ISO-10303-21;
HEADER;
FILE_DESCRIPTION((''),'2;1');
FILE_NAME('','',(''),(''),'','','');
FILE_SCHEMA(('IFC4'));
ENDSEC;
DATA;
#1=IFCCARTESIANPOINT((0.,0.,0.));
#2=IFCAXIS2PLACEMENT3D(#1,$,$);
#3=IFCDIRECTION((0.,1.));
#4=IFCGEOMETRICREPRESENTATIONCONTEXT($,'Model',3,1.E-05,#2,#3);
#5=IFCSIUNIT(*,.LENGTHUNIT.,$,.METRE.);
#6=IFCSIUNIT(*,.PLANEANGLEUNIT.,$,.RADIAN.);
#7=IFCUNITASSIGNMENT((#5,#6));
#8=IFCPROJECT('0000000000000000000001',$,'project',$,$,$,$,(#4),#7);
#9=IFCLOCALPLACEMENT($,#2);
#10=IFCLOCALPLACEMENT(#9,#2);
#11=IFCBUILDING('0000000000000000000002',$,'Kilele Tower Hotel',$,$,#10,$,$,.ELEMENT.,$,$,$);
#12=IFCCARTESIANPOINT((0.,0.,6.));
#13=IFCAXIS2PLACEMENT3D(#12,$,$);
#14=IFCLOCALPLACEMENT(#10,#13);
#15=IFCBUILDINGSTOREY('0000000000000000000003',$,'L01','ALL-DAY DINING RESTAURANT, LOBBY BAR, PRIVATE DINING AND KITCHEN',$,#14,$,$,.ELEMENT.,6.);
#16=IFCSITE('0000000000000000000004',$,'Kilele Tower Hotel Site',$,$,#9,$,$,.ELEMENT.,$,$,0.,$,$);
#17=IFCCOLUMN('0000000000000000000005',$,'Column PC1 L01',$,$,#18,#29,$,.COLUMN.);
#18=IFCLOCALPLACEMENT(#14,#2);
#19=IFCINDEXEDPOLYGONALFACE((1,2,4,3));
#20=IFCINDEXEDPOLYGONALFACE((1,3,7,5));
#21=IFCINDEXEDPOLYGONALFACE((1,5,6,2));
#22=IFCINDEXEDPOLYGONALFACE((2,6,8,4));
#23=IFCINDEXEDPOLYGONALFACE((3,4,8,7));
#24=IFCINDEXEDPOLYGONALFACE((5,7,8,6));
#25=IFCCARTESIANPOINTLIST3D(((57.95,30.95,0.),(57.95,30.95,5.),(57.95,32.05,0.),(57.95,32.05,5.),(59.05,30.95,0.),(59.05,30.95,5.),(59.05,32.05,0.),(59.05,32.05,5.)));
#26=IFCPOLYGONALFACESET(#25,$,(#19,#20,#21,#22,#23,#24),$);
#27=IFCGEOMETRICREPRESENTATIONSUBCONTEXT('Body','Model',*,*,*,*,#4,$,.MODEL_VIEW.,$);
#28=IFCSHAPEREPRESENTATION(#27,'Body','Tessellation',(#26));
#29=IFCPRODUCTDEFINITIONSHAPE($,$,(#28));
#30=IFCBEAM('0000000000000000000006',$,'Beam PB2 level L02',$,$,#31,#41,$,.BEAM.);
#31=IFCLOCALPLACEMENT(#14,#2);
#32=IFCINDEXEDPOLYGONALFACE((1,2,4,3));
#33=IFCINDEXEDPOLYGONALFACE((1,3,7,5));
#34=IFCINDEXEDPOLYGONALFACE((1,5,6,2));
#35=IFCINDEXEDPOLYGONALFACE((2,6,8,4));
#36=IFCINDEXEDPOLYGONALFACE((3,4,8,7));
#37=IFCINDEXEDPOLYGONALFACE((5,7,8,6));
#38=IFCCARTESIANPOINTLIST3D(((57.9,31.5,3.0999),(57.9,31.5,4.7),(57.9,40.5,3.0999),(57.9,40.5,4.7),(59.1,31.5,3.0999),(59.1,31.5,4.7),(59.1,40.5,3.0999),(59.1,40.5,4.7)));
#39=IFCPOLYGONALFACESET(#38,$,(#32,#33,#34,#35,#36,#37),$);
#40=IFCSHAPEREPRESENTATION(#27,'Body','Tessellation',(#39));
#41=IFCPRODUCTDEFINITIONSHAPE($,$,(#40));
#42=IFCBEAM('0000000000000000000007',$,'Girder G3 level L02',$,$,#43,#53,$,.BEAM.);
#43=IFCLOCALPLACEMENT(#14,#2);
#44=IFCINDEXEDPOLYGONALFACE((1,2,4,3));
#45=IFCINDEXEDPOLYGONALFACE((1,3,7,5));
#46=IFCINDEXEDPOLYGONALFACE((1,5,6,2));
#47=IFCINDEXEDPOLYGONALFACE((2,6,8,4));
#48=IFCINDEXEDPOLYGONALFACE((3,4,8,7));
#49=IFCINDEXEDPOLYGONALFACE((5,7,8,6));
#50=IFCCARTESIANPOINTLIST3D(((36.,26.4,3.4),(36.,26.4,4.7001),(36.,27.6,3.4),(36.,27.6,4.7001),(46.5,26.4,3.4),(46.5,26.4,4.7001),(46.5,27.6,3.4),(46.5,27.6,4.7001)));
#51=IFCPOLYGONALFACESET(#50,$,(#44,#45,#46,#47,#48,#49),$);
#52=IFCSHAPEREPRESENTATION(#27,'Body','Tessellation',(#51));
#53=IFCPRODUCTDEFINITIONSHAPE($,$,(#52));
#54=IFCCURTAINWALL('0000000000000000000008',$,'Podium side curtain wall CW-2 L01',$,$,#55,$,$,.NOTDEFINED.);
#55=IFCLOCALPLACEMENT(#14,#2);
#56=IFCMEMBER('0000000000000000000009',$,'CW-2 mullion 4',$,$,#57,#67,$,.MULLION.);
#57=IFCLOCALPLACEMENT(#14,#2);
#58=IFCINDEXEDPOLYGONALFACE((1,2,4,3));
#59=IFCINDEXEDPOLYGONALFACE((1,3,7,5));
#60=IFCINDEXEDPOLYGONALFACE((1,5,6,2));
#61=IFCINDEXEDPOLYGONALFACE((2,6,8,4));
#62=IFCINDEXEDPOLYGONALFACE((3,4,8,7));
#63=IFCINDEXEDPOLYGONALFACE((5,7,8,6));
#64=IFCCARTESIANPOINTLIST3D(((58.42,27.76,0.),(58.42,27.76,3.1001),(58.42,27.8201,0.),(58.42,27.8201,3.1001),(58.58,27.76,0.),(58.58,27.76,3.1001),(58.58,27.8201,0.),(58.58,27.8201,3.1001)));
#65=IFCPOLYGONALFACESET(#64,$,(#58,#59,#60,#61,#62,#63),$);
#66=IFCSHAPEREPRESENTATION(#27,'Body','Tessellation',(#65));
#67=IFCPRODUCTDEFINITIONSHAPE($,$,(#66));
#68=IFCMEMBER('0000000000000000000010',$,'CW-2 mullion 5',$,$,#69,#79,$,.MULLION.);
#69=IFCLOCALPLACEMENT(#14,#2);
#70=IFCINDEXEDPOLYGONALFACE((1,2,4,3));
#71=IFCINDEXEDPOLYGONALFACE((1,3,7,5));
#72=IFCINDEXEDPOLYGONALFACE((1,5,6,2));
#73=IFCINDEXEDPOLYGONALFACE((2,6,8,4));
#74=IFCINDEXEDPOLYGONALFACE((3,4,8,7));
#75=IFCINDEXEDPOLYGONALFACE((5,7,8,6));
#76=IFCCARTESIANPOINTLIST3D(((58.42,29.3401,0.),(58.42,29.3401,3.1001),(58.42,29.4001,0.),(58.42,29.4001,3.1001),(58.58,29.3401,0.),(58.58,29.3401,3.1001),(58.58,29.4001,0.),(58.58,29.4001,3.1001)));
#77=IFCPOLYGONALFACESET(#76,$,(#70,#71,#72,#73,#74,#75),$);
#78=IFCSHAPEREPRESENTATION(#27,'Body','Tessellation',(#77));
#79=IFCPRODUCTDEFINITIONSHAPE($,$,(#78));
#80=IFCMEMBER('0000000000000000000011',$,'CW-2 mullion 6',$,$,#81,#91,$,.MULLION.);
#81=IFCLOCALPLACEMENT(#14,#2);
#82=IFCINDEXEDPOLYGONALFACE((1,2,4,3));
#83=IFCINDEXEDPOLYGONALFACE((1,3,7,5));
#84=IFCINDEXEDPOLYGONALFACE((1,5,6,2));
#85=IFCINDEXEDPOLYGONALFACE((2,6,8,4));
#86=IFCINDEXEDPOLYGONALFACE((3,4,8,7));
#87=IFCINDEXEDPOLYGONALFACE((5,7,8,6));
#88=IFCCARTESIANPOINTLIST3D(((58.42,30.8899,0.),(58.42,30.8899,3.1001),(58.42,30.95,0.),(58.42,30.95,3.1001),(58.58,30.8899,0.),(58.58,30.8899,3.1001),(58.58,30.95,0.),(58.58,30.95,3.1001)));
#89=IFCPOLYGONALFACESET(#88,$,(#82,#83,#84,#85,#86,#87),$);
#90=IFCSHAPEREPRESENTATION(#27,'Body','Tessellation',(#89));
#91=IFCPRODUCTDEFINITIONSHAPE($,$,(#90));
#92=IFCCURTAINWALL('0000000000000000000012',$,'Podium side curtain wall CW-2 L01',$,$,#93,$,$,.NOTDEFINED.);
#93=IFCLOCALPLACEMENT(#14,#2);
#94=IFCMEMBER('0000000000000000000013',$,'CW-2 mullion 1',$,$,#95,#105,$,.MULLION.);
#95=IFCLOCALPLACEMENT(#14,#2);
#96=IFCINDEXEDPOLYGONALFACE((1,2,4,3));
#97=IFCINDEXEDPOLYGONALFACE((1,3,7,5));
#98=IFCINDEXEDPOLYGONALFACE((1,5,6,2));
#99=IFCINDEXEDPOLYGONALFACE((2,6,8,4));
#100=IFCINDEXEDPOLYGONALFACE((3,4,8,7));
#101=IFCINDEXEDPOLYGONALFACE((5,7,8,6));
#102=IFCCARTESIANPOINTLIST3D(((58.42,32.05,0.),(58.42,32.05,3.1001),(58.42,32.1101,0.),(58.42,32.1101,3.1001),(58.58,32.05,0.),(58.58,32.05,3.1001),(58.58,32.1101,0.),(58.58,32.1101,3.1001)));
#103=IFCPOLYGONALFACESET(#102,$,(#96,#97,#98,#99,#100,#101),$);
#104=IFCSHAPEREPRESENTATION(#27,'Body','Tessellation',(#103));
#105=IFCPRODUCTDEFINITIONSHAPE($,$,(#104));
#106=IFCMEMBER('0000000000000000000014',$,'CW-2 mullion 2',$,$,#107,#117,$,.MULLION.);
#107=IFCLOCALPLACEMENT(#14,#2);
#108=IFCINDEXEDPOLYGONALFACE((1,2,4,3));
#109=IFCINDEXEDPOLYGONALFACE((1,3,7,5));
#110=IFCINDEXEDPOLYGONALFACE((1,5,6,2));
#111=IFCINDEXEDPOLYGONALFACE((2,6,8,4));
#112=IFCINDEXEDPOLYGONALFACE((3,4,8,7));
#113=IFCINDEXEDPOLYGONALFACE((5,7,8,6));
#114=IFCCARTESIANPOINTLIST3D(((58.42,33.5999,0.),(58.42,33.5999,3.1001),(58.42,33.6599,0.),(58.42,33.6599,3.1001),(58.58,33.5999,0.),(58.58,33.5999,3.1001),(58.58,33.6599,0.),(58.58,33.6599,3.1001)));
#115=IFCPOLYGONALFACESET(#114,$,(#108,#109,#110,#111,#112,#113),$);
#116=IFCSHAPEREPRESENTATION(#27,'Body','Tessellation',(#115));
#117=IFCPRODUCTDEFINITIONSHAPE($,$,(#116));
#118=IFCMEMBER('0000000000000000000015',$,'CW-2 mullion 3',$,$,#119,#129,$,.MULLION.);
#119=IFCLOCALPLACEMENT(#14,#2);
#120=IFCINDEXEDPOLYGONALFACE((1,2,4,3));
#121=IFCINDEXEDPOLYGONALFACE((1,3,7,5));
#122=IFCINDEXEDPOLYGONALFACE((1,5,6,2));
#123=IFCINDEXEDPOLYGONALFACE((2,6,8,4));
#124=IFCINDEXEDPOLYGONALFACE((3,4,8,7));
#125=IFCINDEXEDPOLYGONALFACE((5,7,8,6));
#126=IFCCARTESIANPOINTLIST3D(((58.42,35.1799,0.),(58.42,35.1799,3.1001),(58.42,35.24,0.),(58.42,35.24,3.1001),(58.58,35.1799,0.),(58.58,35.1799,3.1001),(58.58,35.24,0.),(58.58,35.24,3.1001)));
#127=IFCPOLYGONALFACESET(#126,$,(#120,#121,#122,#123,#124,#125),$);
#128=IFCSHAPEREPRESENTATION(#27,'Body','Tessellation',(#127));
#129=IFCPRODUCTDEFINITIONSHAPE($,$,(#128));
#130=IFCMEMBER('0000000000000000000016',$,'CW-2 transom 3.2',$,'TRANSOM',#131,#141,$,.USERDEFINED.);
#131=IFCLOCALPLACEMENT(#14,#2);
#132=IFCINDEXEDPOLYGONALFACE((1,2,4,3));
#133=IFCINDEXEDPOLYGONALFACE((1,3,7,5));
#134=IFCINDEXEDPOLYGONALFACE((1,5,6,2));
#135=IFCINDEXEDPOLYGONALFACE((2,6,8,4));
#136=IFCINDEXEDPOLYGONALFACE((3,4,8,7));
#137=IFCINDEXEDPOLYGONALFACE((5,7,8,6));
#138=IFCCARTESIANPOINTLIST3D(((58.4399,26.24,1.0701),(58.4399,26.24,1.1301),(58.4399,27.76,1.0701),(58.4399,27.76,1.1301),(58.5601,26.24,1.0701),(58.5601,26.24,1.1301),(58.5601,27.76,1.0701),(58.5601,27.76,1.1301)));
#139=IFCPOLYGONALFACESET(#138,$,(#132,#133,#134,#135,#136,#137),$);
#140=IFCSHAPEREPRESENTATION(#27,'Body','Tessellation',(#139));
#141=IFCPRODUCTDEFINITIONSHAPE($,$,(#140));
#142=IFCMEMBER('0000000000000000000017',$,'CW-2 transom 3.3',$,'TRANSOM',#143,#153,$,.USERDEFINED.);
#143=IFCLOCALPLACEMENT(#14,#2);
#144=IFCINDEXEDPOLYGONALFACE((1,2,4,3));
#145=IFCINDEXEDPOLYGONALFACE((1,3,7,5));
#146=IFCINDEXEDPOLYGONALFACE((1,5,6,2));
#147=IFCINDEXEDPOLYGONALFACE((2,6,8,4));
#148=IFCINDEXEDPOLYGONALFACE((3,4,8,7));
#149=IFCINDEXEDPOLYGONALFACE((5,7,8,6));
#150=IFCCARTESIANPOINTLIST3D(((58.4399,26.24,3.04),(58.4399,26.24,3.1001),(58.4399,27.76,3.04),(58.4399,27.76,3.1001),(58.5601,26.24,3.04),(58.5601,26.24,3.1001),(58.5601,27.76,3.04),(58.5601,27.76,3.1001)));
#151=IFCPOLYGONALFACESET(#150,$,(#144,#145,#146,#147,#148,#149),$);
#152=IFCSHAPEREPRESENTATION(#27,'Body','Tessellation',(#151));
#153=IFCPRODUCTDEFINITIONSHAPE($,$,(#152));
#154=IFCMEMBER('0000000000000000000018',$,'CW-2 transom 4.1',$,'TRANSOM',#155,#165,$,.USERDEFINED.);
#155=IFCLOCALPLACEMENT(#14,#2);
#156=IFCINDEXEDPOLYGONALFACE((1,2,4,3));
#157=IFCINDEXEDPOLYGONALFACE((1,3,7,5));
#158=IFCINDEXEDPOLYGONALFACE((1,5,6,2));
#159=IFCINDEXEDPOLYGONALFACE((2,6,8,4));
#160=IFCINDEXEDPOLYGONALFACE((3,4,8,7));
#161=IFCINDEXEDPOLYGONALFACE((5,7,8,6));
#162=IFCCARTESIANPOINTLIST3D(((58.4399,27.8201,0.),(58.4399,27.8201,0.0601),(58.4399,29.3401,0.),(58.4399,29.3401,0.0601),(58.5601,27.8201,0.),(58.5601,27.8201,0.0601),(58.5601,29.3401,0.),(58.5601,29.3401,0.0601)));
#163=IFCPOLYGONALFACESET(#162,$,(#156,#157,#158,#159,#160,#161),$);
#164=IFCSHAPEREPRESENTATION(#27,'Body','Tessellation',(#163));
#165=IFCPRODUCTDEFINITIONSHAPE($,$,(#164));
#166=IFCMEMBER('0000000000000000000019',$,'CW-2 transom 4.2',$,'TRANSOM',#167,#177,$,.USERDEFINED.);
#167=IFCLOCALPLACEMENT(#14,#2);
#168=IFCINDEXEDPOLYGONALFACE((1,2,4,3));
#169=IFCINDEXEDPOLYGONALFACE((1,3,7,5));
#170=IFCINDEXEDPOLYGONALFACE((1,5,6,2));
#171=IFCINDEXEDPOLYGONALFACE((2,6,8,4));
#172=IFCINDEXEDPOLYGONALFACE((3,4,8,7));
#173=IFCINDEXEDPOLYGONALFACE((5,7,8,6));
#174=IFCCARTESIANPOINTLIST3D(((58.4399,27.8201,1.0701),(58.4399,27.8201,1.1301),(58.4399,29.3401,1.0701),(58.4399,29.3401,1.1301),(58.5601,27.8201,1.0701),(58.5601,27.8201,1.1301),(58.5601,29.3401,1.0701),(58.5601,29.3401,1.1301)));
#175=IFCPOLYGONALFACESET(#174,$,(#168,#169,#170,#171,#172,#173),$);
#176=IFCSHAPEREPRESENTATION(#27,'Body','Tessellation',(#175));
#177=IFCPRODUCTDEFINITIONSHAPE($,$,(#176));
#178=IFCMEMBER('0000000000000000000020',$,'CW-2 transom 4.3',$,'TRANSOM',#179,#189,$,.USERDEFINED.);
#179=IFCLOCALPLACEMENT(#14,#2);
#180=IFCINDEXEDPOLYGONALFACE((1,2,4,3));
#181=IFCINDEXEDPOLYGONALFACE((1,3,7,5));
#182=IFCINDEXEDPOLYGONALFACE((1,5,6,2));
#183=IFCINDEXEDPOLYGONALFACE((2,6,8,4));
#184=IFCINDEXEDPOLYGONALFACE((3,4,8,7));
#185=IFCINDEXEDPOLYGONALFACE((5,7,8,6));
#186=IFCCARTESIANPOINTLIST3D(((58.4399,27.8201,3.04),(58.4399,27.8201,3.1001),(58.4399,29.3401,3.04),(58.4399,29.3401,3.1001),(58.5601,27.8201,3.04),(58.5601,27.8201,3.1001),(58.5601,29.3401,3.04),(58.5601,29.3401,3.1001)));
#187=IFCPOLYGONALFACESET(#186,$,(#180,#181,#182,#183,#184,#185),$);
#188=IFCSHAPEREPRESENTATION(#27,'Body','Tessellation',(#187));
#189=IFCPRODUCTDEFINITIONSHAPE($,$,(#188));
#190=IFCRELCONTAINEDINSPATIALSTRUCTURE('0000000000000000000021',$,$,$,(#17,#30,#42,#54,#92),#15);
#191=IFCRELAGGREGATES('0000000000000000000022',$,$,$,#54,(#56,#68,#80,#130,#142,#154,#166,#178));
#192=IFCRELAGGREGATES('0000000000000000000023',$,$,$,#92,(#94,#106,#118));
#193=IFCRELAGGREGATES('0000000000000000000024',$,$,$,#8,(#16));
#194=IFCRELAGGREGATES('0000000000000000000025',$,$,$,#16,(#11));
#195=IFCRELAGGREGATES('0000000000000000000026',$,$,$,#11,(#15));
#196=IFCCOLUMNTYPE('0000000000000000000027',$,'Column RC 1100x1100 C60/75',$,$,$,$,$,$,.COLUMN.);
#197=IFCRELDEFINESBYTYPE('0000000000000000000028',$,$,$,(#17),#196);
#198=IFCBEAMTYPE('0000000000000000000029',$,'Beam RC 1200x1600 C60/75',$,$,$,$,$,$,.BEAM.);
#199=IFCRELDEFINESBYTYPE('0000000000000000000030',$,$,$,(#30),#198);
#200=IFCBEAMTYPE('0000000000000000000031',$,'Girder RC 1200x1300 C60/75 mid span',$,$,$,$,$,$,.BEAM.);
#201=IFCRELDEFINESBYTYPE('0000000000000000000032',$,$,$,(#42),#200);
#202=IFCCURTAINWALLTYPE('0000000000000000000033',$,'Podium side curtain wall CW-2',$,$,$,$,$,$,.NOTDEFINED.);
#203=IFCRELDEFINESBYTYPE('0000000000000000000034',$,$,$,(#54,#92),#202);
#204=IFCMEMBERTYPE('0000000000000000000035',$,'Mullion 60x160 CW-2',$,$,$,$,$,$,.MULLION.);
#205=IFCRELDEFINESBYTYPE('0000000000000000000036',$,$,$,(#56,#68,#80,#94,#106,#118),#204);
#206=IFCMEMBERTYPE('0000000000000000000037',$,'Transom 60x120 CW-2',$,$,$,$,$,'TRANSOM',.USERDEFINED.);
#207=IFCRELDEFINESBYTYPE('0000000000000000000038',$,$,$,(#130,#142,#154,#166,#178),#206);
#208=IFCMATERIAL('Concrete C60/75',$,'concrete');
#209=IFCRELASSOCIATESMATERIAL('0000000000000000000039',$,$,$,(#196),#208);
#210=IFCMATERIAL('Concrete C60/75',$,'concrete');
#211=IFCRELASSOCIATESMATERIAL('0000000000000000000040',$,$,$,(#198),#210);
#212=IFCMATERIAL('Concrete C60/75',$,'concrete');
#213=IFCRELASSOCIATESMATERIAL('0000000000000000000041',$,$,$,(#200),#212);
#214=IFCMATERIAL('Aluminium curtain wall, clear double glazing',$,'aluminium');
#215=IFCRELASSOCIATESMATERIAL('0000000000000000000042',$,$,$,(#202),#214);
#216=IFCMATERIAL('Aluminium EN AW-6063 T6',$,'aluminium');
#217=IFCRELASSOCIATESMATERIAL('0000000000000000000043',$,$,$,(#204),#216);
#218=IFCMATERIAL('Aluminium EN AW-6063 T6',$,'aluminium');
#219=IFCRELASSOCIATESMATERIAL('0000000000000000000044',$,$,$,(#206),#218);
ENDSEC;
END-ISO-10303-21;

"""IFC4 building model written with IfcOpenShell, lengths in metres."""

from ifc_helpers import new_model, si_unit, direction, frame, origin, origin_2d, place, context, subcontext, project, spatial, rectangle, extrude, material, material_profile, profile_set, type_object, element, aggregate, save


model = new_model("IFC4")

# Units and contexts
model_context = context("Model", 3, precision=1e-05, world=origin(), true_north=direction((0.0, 1.0)))
body_context = subcontext(model_context, "Body", "Model", "MODEL_VIEW")
ifc_project = project(units=[si_unit("LENGTHUNIT", "METRE"), si_unit("PLANEANGLEUNIT", "RADIAN")], contexts=[model_context])

# Site, building, storey
site_placement = place(None, origin())
site = spatial("IfcSite", under=ifc_project, at=site_placement, Name="Kilele Tower Hotel Site", CompositionType="ELEMENT", RefElevation=0.0)
building_placement = place(site_placement, origin())
building = spatial("IfcBuilding", under=site, at=building_placement, Name="Kilele Tower Hotel", CompositionType="ELEMENT")
storey_placement = place(building_placement, frame((0.0, 0.0, 6.0)))
storey = spatial("IfcBuildingStorey", under=building, at=storey_placement, Name="L01", Description="ALL-DAY DINING RESTAURANT, LOBBY BAR, PRIVATE DINING AND KITCHEN", CompositionType="ELEMENT", Elevation=6.0)

# Column
ifc_material_1 = material(Name="Concrete C60/75", Category="concrete")
ifc_material_profile_1 = material_profile(ifc_material_1, rectangle(XDim=1.1001, YDim=1.1001, at=origin_2d()))
ifc_profile_set_1 = profile_set([ifc_material_profile_1], Name="Concrete C60/75")
column_type = type_object("IfcColumnType", Name="Column RC 1100x1100 C60/75", PredefinedType="COLUMN", material=ifc_profile_set_1)
column_placement = place(storey_placement, frame((58.5, 31.5, 0.0), z_axis=(0.0, 0.0, 1.0), x_axis=(1.0, 0.0, 0.0)))
element("IfcColumn", 1, at=column_placement, inside=storey, type_object=column_type, Name="Column PC1 L01", PredefinedType="COLUMN", context=body_context, shape_type="SweptSolid", body=[
    extrude(rectangle(XDim=1.1001, YDim=1.1001, at=origin_2d()), origin(), (0.0, 0.0, 1.0), 5.0),
])

# Beams
ifc_material_2 = material(Name="Concrete C60/75", Category="concrete")
ifc_material_profile_2 = material_profile(ifc_material_2, rectangle(XDim=1.2, YDim=1.6001, at=origin_2d()))
ifc_profile_set_2 = profile_set([ifc_material_profile_2], Name="Concrete C60/75")
beam_type_1 = type_object("IfcBeamType", Name="Beam RC 1200x1600 C60/75", PredefinedType="BEAM", material=ifc_profile_set_2)
beam_1_placement = place(storey_placement, frame((58.5, 31.5, 3.8999), z_axis=(0.0, 1.0, 0.0), x_axis=(-1.0, 0.0, 0.0)))
element("IfcBeam", 2, at=beam_1_placement, inside=storey, type_object=beam_type_1, Name="Beam PB2 level L02", PredefinedType="BEAM", context=body_context, shape_type="SweptSolid", body=[
    extrude(rectangle(XDim=1.2, YDim=1.6001, at=origin_2d()), origin(), (0.0, 0.0, 1.0), 9.0),
])
ifc_material_3 = material(Name="Concrete C60/75", Category="concrete")
ifc_material_profile_3 = material_profile(ifc_material_3, rectangle(XDim=1.2, YDim=1.3, at=origin_2d()))
ifc_profile_set_3 = profile_set([ifc_material_profile_3], Name="Concrete C60/75")
beam_type_2 = type_object("IfcBeamType", Name="Girder RC 1200x1300 C60/75 mid span", PredefinedType="BEAM", material=ifc_profile_set_3)
beam_2_placement = place(storey_placement, frame((46.5, 27.0, 4.05), z_axis=(-1.0, 0.0, 0.0), x_axis=(0.0, -1.0, 0.0)))
element("IfcBeam", 3, at=beam_2_placement, inside=storey, type_object=beam_type_2, Name="Girder G3 level L02", PredefinedType="BEAM", context=body_context, shape_type="SweptSolid", body=[
    extrude(rectangle(XDim=1.2, YDim=1.3, at=origin_2d()), origin(), (0.0, 0.0, 1.0), 10.5),
])

# Curtain walls, members
ifc_material_4 = material(Name="Aluminium curtain wall, clear double glazing", Category="aluminium")
curtain_wall_type = type_object("IfcCurtainWallType", Name="Podium side curtain wall CW-2", PredefinedType="NOTDEFINED", material=ifc_material_4)
curtain_wall_1_placement = place(storey_placement, origin())
curtain_wall_1 = element("IfcCurtainWall", 4, at=curtain_wall_1_placement, inside=storey, type_object=curtain_wall_type, Name="Podium side curtain wall CW-2 L01", PredefinedType="NOTDEFINED")
ifc_material_5 = material(Name="Aluminium EN AW-6063 T6", Category="aluminium")
ifc_material_profile_4 = material_profile(ifc_material_5, rectangle(XDim=0.1599, YDim=0.0601, at=origin_2d()))
ifc_profile_set_4 = profile_set([ifc_material_profile_4], Name="Aluminium EN AW-6063 T6")
member_type_1 = type_object("IfcMemberType", Name="Mullion 60x160 CW-2", PredefinedType="MULLION", material=ifc_profile_set_4)
member_1_placement = place(storey_placement, frame((58.5, 27.79, 0.0), z_axis=(0.0, 0.0, 1.0), x_axis=(-1.0, 0.0, 0.0)))
member_1 = element("IfcMember", 5, at=member_1_placement, type_object=member_type_1, Name="CW-2 mullion 4", PredefinedType="MULLION", context=body_context, shape_type="SweptSolid", body=[
    extrude(rectangle(XDim=0.1599, YDim=0.0601, at=origin_2d()), origin(), (0.0, 0.0, 1.0), 3.1001),
])
member_2_placement = place(storey_placement, frame((58.5, 29.3701, 0.0), z_axis=(0.0, 0.0, 1.0), x_axis=(-1.0, 0.0, 0.0)))
member_2 = element("IfcMember", 6, at=member_2_placement, type_object=member_type_1, Name="CW-2 mullion 5", PredefinedType="MULLION", context=body_context, shape_type="SweptSolid", body=[
    extrude(rectangle(XDim=0.1599, YDim=0.0601, at=origin_2d()), origin(), (0.0, 0.0, 1.0), 3.1001),
])
member_3_placement = place(storey_placement, frame((58.5, 30.9199, 0.0), z_axis=(0.0, 0.0, 1.0), x_axis=(-1.0, 0.0, 0.0)))
member_3 = element("IfcMember", 7, at=member_3_placement, type_object=member_type_1, Name="CW-2 mullion 6", PredefinedType="MULLION", context=body_context, shape_type="SweptSolid", body=[
    extrude(rectangle(XDim=0.1599, YDim=0.0601, at=origin_2d()), origin(), (0.0, 0.0, 1.0), 3.1001),
])
curtain_wall_2_placement = place(storey_placement, origin())
curtain_wall_2 = element("IfcCurtainWall", 8, at=curtain_wall_2_placement, inside=storey, type_object=curtain_wall_type, Name="Podium side curtain wall CW-2 L01", PredefinedType="NOTDEFINED")
member_4_placement = place(storey_placement, frame((58.5, 32.0801, 0.0), z_axis=(0.0, 0.0, 1.0), x_axis=(-1.0, 0.0, 0.0)))
member_4 = element("IfcMember", 9, at=member_4_placement, type_object=member_type_1, Name="CW-2 mullion 1", PredefinedType="MULLION", context=body_context, shape_type="SweptSolid", body=[
    extrude(rectangle(XDim=0.1599, YDim=0.0601, at=origin_2d()), origin(), (0.0, 0.0, 1.0), 3.1001),
])
member_5_placement = place(storey_placement, frame((58.5, 33.6299, 0.0), z_axis=(0.0, 0.0, 1.0), x_axis=(-1.0, 0.0, 0.0)))
member_5 = element("IfcMember", 10, at=member_5_placement, type_object=member_type_1, Name="CW-2 mullion 2", PredefinedType="MULLION", context=body_context, shape_type="SweptSolid", body=[
    extrude(rectangle(XDim=0.1599, YDim=0.0601, at=origin_2d()), origin(), (0.0, 0.0, 1.0), 3.1001),
])
member_6_placement = place(storey_placement, frame((58.5, 35.21, 0.0), z_axis=(0.0, 0.0, 1.0), x_axis=(-1.0, 0.0, 0.0)))
member_6 = element("IfcMember", 11, at=member_6_placement, type_object=member_type_1, Name="CW-2 mullion 3", PredefinedType="MULLION", context=body_context, shape_type="SweptSolid", body=[
    extrude(rectangle(XDim=0.1599, YDim=0.0601, at=origin_2d()), origin(), (0.0, 0.0, 1.0), 3.1001),
])

# Members
ifc_material_6 = material(Name="Aluminium EN AW-6063 T6", Category="aluminium")
ifc_material_profile_5 = material_profile(ifc_material_6, rectangle(XDim=0.1201, YDim=0.0601, at=origin_2d()))
ifc_profile_set_5 = profile_set([ifc_material_profile_5], Name="Aluminium EN AW-6063 T6")
member_type_2 = type_object("IfcMemberType", Name="Transom 60x120 CW-2", ElementType="TRANSOM", PredefinedType="USERDEFINED", material=ifc_profile_set_5)
member_7_placement = place(storey_placement, frame((58.5, 26.24, 1.1001), z_axis=(0.0, 1.0, 0.0), x_axis=(-1.0, 0.0, 0.0)))
member_7 = element("IfcMember", 12, at=member_7_placement, type_object=member_type_2, Name="CW-2 transom 3.2", ObjectType="TRANSOM", PredefinedType="USERDEFINED", context=body_context, shape_type="SweptSolid", body=[
    extrude(rectangle(XDim=0.1201, YDim=0.0601, at=origin_2d()), origin(), (0.0, 0.0, 1.0), 1.52),
])
member_8_placement = place(storey_placement, frame((58.5, 26.24, 3.0701), z_axis=(0.0, 1.0, 0.0), x_axis=(-1.0, 0.0, 0.0)))
member_8 = element("IfcMember", 13, at=member_8_placement, type_object=member_type_2, Name="CW-2 transom 3.3", ObjectType="TRANSOM", PredefinedType="USERDEFINED", context=body_context, shape_type="SweptSolid", body=[
    extrude(rectangle(XDim=0.1201, YDim=0.0601, at=origin_2d()), origin(), (0.0, 0.0, 1.0), 1.52),
])
member_9_placement = place(storey_placement, frame((58.5, 27.8201, 0.03), z_axis=(0.0, 1.0, 0.0), x_axis=(-1.0, 0.0, 0.0)))
member_9 = element("IfcMember", 14, at=member_9_placement, type_object=member_type_2, Name="CW-2 transom 4.1", ObjectType="TRANSOM", PredefinedType="USERDEFINED", context=body_context, shape_type="SweptSolid", body=[
    extrude(rectangle(XDim=0.1201, YDim=0.0601, at=origin_2d()), origin(), (0.0, 0.0, 1.0), 1.52),
])
member_10_placement = place(storey_placement, frame((58.5, 27.8201, 1.1001), z_axis=(0.0, 1.0, 0.0), x_axis=(-1.0, 0.0, 0.0)))
member_10 = element("IfcMember", 15, at=member_10_placement, type_object=member_type_2, Name="CW-2 transom 4.2", ObjectType="TRANSOM", PredefinedType="USERDEFINED", context=body_context, shape_type="SweptSolid", body=[
    extrude(rectangle(XDim=0.1201, YDim=0.0601, at=origin_2d()), origin(), (0.0, 0.0, 1.0), 1.52),
])
member_11_placement = place(storey_placement, frame((58.5, 27.8201, 3.0701), z_axis=(0.0, 1.0, 0.0), x_axis=(-1.0, 0.0, 0.0)))
member_11 = element("IfcMember", 16, at=member_11_placement, type_object=member_type_2, Name="CW-2 transom 4.3", ObjectType="TRANSOM", PredefinedType="USERDEFINED", context=body_context, shape_type="SweptSolid", body=[
    extrude(rectangle(XDim=0.1201, YDim=0.0601, at=origin_2d()), origin(), (0.0, 0.0, 1.0), 1.52),
])

aggregate(curtain_wall_1, [member_1, member_2, member_3, member_7, member_8, member_9, member_10, member_11])
aggregate(curtain_wall_2, [member_4, member_5, member_6])

save(model, "model.ifc")
